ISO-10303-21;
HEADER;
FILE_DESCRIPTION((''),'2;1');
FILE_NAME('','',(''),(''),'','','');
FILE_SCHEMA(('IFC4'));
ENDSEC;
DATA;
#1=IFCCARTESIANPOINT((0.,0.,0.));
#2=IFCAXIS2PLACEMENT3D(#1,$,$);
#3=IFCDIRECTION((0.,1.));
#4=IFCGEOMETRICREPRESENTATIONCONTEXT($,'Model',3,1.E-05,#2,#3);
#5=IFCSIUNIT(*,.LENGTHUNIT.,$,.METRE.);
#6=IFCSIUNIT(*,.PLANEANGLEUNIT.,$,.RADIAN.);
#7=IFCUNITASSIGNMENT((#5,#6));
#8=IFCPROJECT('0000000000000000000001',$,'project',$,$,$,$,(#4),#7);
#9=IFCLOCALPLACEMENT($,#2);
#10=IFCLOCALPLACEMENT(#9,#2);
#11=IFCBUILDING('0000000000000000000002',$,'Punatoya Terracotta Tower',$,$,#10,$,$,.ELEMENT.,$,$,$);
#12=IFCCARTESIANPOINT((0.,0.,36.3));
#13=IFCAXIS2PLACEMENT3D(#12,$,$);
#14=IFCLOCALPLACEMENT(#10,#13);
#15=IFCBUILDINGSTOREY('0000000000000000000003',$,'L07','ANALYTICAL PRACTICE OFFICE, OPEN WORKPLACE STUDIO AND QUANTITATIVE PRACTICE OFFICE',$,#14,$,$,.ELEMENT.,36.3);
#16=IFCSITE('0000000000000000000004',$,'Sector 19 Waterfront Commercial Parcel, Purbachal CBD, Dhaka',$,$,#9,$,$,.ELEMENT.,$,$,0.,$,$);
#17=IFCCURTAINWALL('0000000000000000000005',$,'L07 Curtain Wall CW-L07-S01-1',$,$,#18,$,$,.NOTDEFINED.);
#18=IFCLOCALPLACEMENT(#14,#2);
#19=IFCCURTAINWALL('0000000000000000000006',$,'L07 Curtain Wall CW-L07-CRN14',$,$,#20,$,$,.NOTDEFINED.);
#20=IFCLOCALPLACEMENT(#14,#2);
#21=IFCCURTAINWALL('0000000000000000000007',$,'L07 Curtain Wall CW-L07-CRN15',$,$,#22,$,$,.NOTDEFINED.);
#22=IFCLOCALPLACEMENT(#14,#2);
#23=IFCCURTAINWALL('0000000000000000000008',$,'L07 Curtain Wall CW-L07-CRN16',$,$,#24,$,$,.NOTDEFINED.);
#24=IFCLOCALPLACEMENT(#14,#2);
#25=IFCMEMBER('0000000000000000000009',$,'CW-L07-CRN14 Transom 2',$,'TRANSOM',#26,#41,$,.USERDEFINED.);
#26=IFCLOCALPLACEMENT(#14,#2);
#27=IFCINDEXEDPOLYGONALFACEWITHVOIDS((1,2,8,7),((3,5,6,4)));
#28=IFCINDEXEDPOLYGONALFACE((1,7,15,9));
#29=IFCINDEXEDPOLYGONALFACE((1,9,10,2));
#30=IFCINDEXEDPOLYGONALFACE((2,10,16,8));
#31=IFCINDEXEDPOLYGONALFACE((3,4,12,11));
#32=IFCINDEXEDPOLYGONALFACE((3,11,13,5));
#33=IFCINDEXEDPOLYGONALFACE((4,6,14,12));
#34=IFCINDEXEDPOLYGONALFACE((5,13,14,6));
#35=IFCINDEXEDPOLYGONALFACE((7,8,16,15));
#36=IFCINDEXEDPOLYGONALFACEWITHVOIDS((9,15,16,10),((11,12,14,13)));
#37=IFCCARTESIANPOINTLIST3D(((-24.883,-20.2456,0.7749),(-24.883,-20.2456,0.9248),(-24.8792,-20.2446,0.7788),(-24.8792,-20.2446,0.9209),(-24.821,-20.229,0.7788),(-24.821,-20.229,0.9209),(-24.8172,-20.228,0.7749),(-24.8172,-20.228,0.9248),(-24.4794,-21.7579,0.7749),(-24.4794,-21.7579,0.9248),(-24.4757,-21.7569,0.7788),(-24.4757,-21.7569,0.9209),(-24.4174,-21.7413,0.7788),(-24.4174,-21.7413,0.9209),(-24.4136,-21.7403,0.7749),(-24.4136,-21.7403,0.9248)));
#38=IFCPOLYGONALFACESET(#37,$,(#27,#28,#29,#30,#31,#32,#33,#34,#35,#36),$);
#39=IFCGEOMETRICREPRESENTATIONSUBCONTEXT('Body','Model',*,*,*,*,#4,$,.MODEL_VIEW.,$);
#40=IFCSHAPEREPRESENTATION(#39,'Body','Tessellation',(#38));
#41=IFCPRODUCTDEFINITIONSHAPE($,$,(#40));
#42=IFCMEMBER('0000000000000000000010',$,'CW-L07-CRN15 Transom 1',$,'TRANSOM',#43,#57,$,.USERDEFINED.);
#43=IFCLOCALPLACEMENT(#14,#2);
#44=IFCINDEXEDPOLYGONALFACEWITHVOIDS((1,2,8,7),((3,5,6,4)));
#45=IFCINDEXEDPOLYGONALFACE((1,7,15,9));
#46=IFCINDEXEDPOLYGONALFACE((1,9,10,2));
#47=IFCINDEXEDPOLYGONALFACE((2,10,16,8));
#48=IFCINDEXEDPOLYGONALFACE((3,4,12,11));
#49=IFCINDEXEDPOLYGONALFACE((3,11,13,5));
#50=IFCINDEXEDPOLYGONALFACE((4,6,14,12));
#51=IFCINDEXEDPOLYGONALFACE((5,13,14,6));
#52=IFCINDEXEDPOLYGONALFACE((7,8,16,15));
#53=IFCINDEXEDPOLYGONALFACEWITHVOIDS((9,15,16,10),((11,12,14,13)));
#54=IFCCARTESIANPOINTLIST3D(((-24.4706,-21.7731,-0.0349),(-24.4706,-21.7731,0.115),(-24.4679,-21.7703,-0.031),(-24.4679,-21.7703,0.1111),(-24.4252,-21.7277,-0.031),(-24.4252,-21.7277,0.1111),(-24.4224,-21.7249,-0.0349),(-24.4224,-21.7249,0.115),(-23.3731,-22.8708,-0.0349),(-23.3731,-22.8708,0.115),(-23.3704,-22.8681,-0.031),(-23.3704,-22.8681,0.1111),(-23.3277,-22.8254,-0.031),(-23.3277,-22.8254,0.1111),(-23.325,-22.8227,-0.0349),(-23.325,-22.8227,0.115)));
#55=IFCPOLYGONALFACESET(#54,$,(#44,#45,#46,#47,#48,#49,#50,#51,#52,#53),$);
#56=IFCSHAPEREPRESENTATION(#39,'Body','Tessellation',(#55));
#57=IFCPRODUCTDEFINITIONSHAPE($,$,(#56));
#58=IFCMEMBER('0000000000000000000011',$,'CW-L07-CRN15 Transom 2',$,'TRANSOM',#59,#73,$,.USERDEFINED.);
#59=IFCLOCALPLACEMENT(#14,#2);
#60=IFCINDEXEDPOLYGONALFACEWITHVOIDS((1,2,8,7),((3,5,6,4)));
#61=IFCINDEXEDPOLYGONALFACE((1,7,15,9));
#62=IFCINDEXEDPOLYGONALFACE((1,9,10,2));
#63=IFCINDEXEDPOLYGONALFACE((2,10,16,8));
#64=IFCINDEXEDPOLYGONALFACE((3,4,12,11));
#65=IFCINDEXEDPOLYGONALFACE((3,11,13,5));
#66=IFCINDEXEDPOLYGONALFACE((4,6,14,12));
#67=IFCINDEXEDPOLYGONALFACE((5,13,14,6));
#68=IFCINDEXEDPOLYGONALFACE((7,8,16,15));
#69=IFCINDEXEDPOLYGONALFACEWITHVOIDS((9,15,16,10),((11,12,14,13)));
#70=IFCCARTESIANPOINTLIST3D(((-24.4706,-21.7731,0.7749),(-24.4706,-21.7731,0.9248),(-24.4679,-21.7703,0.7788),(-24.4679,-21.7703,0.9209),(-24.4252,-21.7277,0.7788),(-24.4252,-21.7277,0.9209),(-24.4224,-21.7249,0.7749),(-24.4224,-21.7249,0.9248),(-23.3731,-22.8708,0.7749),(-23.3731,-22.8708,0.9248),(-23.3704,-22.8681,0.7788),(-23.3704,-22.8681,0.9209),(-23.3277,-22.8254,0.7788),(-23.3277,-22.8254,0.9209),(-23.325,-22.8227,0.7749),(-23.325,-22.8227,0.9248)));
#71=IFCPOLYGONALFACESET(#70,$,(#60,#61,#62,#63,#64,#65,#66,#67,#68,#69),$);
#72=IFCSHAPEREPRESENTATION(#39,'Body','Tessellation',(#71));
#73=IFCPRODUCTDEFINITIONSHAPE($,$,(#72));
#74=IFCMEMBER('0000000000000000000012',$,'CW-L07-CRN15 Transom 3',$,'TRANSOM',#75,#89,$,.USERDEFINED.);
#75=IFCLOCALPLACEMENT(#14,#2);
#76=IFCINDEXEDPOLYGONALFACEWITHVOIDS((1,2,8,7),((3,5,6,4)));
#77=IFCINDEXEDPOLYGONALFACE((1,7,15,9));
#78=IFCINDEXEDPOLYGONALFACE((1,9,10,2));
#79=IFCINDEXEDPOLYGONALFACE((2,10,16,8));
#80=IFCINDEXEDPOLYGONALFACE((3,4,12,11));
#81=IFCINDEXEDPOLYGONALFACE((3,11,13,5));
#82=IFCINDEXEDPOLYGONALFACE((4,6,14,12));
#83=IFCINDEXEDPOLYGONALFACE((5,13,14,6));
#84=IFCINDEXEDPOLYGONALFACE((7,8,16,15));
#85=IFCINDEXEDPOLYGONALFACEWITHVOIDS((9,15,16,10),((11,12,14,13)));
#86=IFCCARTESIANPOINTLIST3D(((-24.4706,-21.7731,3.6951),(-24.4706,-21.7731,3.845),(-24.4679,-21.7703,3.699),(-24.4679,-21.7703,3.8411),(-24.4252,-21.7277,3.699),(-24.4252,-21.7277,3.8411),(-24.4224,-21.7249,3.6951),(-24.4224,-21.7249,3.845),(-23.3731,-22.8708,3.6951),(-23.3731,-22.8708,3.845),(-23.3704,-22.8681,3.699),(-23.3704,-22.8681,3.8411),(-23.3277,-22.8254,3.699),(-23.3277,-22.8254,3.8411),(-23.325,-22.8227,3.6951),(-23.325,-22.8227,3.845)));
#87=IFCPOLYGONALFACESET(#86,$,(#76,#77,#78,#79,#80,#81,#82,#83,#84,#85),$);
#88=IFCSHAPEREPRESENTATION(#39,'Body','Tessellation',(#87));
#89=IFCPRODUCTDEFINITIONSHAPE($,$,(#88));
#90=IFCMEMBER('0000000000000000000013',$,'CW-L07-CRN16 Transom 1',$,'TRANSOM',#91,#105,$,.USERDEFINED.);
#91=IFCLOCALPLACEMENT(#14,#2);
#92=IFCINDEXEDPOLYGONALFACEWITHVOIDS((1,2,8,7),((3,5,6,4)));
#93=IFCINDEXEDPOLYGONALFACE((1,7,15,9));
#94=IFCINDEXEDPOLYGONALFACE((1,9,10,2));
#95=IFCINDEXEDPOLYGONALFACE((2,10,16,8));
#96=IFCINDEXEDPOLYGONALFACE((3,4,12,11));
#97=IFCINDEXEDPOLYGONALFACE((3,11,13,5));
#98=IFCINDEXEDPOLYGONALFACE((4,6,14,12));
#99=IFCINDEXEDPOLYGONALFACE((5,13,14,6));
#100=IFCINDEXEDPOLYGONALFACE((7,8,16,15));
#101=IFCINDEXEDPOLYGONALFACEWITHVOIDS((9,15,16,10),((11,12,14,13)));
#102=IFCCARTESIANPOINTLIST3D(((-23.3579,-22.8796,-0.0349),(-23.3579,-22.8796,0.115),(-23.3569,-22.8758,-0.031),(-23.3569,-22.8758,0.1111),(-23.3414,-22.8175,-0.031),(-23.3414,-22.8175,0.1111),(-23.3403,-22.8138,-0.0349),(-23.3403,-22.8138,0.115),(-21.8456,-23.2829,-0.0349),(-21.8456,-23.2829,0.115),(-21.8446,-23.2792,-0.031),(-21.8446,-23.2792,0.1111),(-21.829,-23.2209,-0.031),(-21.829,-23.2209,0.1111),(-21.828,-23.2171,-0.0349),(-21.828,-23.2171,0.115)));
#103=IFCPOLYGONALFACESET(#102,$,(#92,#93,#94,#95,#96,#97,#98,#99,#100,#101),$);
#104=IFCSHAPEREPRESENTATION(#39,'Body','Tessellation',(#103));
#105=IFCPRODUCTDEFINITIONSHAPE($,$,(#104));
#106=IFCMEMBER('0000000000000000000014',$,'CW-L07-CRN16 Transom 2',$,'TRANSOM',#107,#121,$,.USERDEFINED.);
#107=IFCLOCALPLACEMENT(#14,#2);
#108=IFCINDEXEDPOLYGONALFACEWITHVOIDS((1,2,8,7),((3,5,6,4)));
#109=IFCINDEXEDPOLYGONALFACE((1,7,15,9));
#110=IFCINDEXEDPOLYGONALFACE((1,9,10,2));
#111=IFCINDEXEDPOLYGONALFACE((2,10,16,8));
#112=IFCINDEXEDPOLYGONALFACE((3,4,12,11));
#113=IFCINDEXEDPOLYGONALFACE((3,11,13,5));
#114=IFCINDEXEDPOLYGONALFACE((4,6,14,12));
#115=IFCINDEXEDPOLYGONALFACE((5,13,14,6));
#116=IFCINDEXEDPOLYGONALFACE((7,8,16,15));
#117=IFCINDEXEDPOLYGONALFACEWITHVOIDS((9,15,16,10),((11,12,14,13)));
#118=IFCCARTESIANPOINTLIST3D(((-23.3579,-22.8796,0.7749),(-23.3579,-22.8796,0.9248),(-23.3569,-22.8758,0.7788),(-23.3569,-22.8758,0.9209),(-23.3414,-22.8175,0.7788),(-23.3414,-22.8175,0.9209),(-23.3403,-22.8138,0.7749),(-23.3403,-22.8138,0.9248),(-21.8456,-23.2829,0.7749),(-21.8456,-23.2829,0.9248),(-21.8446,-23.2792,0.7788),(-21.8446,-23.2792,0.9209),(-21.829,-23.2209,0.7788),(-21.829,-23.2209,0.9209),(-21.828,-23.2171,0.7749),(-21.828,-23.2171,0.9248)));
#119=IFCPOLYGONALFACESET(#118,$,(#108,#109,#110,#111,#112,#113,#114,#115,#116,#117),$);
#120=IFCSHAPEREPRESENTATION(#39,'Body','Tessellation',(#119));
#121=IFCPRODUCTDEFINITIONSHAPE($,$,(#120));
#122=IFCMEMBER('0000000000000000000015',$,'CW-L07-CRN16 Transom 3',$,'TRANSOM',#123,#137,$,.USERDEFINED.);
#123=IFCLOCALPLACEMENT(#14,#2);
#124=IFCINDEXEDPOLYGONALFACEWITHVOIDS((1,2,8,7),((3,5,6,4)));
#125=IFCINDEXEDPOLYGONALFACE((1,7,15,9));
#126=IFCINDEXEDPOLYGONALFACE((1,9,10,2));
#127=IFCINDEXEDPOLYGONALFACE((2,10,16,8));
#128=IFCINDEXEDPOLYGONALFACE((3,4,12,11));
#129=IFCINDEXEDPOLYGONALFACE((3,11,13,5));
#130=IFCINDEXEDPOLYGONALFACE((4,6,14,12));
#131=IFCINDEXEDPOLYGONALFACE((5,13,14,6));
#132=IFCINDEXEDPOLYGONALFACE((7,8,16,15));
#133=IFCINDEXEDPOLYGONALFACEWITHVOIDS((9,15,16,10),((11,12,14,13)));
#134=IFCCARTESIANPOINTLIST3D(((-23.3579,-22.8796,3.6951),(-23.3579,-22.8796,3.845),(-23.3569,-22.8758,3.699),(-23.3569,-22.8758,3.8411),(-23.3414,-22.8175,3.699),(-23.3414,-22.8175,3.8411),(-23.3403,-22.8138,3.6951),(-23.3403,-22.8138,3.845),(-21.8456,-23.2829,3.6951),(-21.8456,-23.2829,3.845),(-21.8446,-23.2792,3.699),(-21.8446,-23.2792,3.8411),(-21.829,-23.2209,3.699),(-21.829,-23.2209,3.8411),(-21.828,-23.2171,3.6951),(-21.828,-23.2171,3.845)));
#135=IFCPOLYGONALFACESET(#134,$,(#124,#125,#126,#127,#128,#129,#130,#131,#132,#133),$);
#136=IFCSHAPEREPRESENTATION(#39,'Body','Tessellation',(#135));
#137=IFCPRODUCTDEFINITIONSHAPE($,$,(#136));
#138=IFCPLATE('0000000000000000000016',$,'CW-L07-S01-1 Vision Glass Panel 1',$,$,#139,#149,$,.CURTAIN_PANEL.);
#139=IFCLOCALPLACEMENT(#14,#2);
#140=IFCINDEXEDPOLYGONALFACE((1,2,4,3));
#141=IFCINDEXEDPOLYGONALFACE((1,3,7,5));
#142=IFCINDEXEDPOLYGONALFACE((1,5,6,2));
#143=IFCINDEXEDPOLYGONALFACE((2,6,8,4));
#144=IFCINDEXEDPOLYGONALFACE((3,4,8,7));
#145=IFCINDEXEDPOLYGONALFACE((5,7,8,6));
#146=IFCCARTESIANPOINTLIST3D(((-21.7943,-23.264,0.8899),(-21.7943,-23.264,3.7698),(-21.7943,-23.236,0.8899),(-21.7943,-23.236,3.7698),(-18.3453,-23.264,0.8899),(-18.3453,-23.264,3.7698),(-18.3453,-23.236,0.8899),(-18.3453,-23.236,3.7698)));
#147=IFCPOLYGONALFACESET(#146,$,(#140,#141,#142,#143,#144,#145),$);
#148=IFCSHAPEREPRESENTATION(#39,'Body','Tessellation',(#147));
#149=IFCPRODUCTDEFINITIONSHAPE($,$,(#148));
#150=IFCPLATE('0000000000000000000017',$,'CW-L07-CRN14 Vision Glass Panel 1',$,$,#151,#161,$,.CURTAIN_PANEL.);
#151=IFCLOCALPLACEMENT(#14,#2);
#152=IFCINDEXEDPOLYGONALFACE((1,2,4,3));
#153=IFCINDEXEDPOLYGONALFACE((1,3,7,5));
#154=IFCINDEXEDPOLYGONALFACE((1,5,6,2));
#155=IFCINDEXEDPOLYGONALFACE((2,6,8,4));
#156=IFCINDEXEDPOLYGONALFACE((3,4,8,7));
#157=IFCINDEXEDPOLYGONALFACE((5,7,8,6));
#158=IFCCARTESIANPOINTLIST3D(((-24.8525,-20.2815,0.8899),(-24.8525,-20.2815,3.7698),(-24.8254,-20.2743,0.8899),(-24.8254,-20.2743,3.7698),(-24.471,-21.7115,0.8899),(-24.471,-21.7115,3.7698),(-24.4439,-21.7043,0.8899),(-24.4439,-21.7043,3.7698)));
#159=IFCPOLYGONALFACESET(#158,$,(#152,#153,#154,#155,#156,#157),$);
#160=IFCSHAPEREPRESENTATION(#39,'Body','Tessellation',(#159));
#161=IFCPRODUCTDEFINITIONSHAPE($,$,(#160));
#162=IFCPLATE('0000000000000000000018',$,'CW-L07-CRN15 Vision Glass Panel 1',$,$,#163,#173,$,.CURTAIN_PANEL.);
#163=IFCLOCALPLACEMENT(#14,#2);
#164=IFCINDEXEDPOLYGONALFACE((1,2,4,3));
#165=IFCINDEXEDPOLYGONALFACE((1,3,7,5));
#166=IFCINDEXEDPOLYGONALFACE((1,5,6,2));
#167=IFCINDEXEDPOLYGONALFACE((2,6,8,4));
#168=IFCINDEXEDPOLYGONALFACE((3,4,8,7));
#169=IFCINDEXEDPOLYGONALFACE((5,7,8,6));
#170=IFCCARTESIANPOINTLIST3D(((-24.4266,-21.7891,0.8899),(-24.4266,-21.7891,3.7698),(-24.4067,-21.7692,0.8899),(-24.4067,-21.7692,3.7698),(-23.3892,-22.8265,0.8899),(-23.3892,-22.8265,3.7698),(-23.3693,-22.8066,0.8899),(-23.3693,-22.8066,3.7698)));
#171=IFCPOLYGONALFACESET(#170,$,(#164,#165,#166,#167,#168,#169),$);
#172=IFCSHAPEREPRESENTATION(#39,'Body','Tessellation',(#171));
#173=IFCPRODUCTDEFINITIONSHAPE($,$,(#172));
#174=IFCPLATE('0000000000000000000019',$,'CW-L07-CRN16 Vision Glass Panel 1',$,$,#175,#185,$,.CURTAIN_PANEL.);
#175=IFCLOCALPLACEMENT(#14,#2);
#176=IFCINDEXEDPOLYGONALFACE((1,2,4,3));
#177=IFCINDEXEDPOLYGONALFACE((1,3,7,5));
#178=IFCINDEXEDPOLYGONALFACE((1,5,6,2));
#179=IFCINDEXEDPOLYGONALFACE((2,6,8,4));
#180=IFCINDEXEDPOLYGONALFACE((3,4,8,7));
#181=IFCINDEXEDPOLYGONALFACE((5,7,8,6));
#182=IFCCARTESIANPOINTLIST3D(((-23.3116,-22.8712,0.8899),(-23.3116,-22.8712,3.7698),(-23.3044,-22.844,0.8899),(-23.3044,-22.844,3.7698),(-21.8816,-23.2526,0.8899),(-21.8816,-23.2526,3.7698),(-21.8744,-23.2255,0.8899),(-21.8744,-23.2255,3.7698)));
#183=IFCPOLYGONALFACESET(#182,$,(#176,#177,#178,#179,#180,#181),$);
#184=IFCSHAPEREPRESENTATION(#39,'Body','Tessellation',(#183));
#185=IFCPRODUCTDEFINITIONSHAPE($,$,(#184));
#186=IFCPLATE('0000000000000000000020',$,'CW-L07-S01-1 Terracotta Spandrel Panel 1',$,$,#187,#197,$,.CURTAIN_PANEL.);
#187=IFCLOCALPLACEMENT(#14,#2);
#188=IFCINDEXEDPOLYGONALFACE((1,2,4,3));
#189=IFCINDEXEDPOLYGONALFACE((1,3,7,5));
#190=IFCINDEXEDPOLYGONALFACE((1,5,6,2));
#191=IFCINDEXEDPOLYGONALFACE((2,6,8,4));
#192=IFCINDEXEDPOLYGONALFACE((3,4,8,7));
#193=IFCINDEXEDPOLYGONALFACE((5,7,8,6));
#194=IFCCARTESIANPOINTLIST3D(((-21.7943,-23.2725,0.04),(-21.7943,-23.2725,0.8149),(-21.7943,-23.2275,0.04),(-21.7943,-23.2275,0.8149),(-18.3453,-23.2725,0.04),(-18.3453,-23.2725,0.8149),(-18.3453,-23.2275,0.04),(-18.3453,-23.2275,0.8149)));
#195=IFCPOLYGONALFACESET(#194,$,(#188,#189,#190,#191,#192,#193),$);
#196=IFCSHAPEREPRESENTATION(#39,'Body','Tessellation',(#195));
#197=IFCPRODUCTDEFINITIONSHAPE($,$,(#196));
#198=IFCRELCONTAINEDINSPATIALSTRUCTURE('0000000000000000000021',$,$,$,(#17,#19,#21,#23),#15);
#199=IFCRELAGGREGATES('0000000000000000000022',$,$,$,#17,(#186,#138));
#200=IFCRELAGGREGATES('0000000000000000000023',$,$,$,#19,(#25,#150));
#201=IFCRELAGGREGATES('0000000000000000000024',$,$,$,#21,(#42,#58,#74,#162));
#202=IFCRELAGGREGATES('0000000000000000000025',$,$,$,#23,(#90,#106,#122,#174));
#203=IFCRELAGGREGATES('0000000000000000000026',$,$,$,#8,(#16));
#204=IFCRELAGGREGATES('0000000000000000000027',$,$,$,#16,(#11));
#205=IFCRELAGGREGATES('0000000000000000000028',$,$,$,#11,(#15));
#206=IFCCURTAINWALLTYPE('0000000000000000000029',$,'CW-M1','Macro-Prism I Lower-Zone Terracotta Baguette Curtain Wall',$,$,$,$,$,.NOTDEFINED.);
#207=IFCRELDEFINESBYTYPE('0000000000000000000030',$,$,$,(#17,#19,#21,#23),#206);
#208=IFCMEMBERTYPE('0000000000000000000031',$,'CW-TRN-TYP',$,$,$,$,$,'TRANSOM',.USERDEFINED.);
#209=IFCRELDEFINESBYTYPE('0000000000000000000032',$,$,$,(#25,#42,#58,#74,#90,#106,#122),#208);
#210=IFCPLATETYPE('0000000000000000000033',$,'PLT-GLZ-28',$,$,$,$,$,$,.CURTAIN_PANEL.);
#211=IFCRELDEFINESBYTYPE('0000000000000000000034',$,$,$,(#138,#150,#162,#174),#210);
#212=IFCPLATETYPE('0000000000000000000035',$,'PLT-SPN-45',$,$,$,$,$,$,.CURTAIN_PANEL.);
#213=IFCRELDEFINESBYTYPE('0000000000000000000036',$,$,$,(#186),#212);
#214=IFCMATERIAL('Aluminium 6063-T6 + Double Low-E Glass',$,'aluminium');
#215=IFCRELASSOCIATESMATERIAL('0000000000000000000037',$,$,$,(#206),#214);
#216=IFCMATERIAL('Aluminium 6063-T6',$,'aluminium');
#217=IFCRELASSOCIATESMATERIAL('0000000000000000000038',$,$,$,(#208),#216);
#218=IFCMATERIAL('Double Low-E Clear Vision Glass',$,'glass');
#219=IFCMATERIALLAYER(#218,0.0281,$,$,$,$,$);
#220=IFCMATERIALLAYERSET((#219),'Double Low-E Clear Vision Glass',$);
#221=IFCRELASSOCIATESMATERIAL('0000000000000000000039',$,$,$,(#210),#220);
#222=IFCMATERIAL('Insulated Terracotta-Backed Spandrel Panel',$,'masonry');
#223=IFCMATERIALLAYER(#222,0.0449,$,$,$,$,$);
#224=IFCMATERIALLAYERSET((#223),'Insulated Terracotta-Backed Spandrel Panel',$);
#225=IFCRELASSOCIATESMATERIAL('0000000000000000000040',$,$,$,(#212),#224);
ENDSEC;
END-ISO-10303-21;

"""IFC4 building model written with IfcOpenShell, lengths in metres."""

from ifc_helpers import new_model, si_unit, direction, frame, origin, origin_2d, place, context, subcontext, project, spatial, rectangle, hollow_rectangle, extrude, material, layer, layer_set, material_profile, profile_set, type_object, element, aggregate, save


model = new_model("IFC4")

# Units and contexts
model_context = context("Model", 3, precision=1e-05, world=origin(), true_north=direction((0.0, 1.0)))
body_context = subcontext(model_context, "Body", "Model", "MODEL_VIEW")
ifc_project = project(units=[si_unit("LENGTHUNIT", "METRE"), si_unit("PLANEANGLEUNIT", "RADIAN")], contexts=[model_context])

# Site, building, storey
site_placement = place(None, origin())
site = spatial("IfcSite", under=ifc_project, at=site_placement, Name="Sector 19 Waterfront Commercial Parcel, Purbachal CBD, Dhaka", CompositionType="ELEMENT", RefElevation=0.0)
building_placement = place(site_placement, origin())
building = spatial("IfcBuilding", under=site, at=building_placement, Name="Punatoya Terracotta Tower", CompositionType="ELEMENT")
storey_placement = place(building_placement, frame((0.0, 0.0, 36.3)))
storey = spatial("IfcBuildingStorey", under=building, at=storey_placement, Name="L07", Description="ANALYTICAL PRACTICE OFFICE, OPEN WORKPLACE STUDIO AND QUANTITATIVE PRACTICE OFFICE", CompositionType="ELEMENT", Elevation=36.3)

# Curtain wall
ifc_material_1 = material(Name="Aluminium 6063-T6 + Double Low-E Glass", Category="aluminium")
curtain_wall_type = type_object("IfcCurtainWallType", Name="CW-M1", Description="Macro-Prism I Lower-Zone Terracotta Baguette Curtain Wall", PredefinedType="NOTDEFINED", material=ifc_material_1)
curtain_wall_1_placement = place(storey_placement, origin())
curtain_wall_1 = element("IfcCurtainWall", 1, at=curtain_wall_1_placement, inside=storey, type_object=curtain_wall_type, Name="L07 Curtain Wall CW-L07-S01-1", PredefinedType="NOTDEFINED")
ifc_material_2 = material(Name="Aluminium 6063-T6", Category="aluminium")

# Curtain walls
curtain_wall_2_placement = place(storey_placement, origin())
curtain_wall_2 = element("IfcCurtainWall", 2, at=curtain_wall_2_placement, inside=storey, type_object=curtain_wall_type, Name="L07 Curtain Wall CW-L07-CRN14", PredefinedType="NOTDEFINED")
curtain_wall_3_placement = place(storey_placement, origin())
curtain_wall_3 = element("IfcCurtainWall", 3, at=curtain_wall_3_placement, inside=storey, type_object=curtain_wall_type, Name="L07 Curtain Wall CW-L07-CRN15", PredefinedType="NOTDEFINED")
curtain_wall_4_placement = place(storey_placement, origin())
curtain_wall_4 = element("IfcCurtainWall", 4, at=curtain_wall_4_placement, inside=storey, type_object=curtain_wall_type, Name="L07 Curtain Wall CW-L07-CRN16", PredefinedType="NOTDEFINED")

# Members
ifc_material_profile_1 = material_profile(ifc_material_2, hollow_rectangle(XDim=0.0681, YDim=0.1499, WallThickness=0.0039, at=origin_2d()))
ifc_profile_set_1 = profile_set([ifc_material_profile_1], Name="Aluminium 6063-T6")
member_type_1 = type_object("IfcMemberType", Name="CW-TRN-TYP", ElementType="TRANSOM", PredefinedType="USERDEFINED", material=ifc_profile_set_1)
member_1_placement = place(storey_placement, frame((-24.8501, -20.2368, 0.8499), z_axis=(0.257847, -0.966186, 0.0), x_axis=(0.966186, 0.257847, 0.0)))
member_1 = element("IfcMember", 5, at=member_1_placement, type_object=member_type_1, Name="CW-L07-CRN14 Transom 2", ObjectType="TRANSOM", PredefinedType="USERDEFINED", context=body_context, shape_type="SweptSolid", body=[
    extrude(hollow_rectangle(XDim=0.0681, YDim=0.1499, WallThickness=0.0039, at=origin_2d()), origin(), (0.0, 0.0, 1.0), 1.5652),
])
member_2_placement = place(storey_placement, frame((-24.4465, -21.749, 0.04), z_axis=(0.707028, -0.707185, 0.0), x_axis=(0.707185, 0.707028, 0.0)))
member_2 = element("IfcMember", 6, at=member_2_placement, type_object=member_type_1, Name="CW-L07-CRN15 Transom 1", ObjectType="TRANSOM", PredefinedType="USERDEFINED", context=body_context, shape_type="SweptSolid", body=[
    extrude(hollow_rectangle(XDim=0.0681, YDim=0.1499, WallThickness=0.0039, at=origin_2d()), origin(), (0.0, 0.0, 1.0), 1.5522),
])
member_3_placement = place(storey_placement, frame((-24.4465, -21.749, 0.8499), z_axis=(0.707028, -0.707185, 0.0), x_axis=(0.707185, 0.707028, 0.0)))
member_3 = element("IfcMember", 7, at=member_3_placement, type_object=member_type_1, Name="CW-L07-CRN15 Transom 2", ObjectType="TRANSOM", PredefinedType="USERDEFINED", context=body_context, shape_type="SweptSolid", body=[
    extrude(hollow_rectangle(XDim=0.0681, YDim=0.1499, WallThickness=0.0039, at=origin_2d()), origin(), (0.0, 0.0, 1.0), 1.5522),
])
member_4_placement = place(storey_placement, frame((-24.4465, -21.749, 3.77), z_axis=(0.707028, -0.707185, 0.0), x_axis=(0.707185, 0.707028, 0.0)))
member_4 = element("IfcMember", 8, at=member_4_placement, type_object=member_type_1, Name="CW-L07-CRN15 Transom 3", ObjectType="TRANSOM", PredefinedType="USERDEFINED", context=body_context, shape_type="SweptSolid", body=[
    extrude(hollow_rectangle(XDim=0.0681, YDim=0.1499, WallThickness=0.0039, at=origin_2d()), origin(), (0.0, 0.0, 1.0), 1.5522),
])
member_5_placement = place(storey_placement, frame((-23.3491, -22.8467, 0.04), z_axis=(0.966225, -0.257701, 0.0), x_axis=(0.257701, 0.966225, 0.0)))
member_5 = element("IfcMember", 9, at=member_5_placement, type_object=member_type_1, Name="CW-L07-CRN16 Transom 1", ObjectType="TRANSOM", PredefinedType="USERDEFINED", context=body_context, shape_type="SweptSolid", body=[
    extrude(hollow_rectangle(XDim=0.0681, YDim=0.1499, WallThickness=0.0039, at=origin_2d()), origin(), (0.0, 0.0, 1.0), 1.5652),
])
member_6_placement = place(storey_placement, frame((-23.3491, -22.8467, 0.8499), z_axis=(0.966225, -0.257701, 0.0), x_axis=(0.257701, 0.966225, 0.0)))
member_6 = element("IfcMember", 10, at=member_6_placement, type_object=member_type_1, Name="CW-L07-CRN16 Transom 2", ObjectType="TRANSOM", PredefinedType="USERDEFINED", context=body_context, shape_type="SweptSolid", body=[
    extrude(hollow_rectangle(XDim=0.0681, YDim=0.1499, WallThickness=0.0039, at=origin_2d()), origin(), (0.0, 0.0, 1.0), 1.5652),
])
member_7_placement = place(storey_placement, frame((-23.3491, -22.8467, 3.77), z_axis=(0.966225, -0.257701, 0.0), x_axis=(0.257701, 0.966225, 0.0)))
member_7 = element("IfcMember", 11, at=member_7_placement, type_object=member_type_1, Name="CW-L07-CRN16 Transom 3", ObjectType="TRANSOM", PredefinedType="USERDEFINED", context=body_context, shape_type="SweptSolid", body=[
    extrude(hollow_rectangle(XDim=0.0681, YDim=0.1499, WallThickness=0.0039, at=origin_2d()), origin(), (0.0, 0.0, 1.0), 1.5652),
])

# Plates
ifc_material_3 = material(Name="Double Low-E Clear Vision Glass", Category="glass")
ifc_layer_1 = layer(ifc_material_3, 0.0281)
ifc_layer_set_1 = layer_set([ifc_layer_1], Name="Double Low-E Clear Vision Glass")
plate_type_1 = type_object("IfcPlateType", Name="PLT-GLZ-28", PredefinedType="CURTAIN_PANEL", material=ifc_layer_set_1)
plate_1_placement = place(storey_placement, frame((-20.0698, -23.25, 0.8899), z_axis=(0.0, 0.0, 1.0), x_axis=(1.0, 0.0, 0.0)))
plate_1 = element("IfcPlate", 12, at=plate_1_placement, type_object=plate_type_1, Name="CW-L07-S01-1 Vision Glass Panel 1", PredefinedType="CURTAIN_PANEL", context=body_context, shape_type="SweptSolid", body=[
    extrude(rectangle(XDim=3.449, YDim=0.0281, at=origin_2d()), origin(), (0.0, 0.0, 1.0), 2.8799),
])
plate_2_placement = place(storey_placement, frame((-24.6482, -20.9929, 0.8899), z_axis=(0.0, 0.0, 1.0), x_axis=(0.257742, -0.966214, 0.0)))
plate_2 = element("IfcPlate", 13, at=plate_2_placement, type_object=plate_type_1, Name="CW-L07-CRN14 Vision Glass Panel 1", PredefinedType="CURTAIN_PANEL", context=body_context, shape_type="SweptSolid", body=[
    extrude(rectangle(XDim=1.48, YDim=0.0281, at=origin_2d()), origin(), (0.0, 0.0, 1.0), 2.8799),
])
plate_3_placement = place(storey_placement, frame((-23.8979, -22.2979, 0.8899), z_axis=(0.0, 0.0, 1.0), x_axis=(0.707107, -0.707107, 0.0)))
plate_3 = element("IfcPlate", 14, at=plate_3_placement, type_object=plate_type_1, Name="CW-L07-CRN15 Vision Glass Panel 1", PredefinedType="CURTAIN_PANEL", context=body_context, shape_type="SweptSolid", body=[
    extrude(rectangle(XDim=1.467, YDim=0.0281, at=origin_2d()), origin(), (0.0, 0.0, 1.0), 2.8799),
])
plate_4_placement = place(storey_placement, frame((-22.593, -23.0483, 0.8899), z_axis=(0.0, 0.0, 1.0), x_axis=(0.966214, -0.257742, 0.0)))
plate_4 = element("IfcPlate", 15, at=plate_4_placement, type_object=plate_type_1, Name="CW-L07-CRN16 Vision Glass Panel 1", PredefinedType="CURTAIN_PANEL", context=body_context, shape_type="SweptSolid", body=[
    extrude(rectangle(XDim=1.48, YDim=0.0281, at=origin_2d()), origin(), (0.0, 0.0, 1.0), 2.8799),
])
ifc_material_4 = material(Name="Insulated Terracotta-Backed Spandrel Panel", Category="masonry")
ifc_layer_2 = layer(ifc_material_4, 0.0449)
ifc_layer_set_2 = layer_set([ifc_layer_2], Name="Insulated Terracotta-Backed Spandrel Panel")
plate_type_2 = type_object("IfcPlateType", Name="PLT-SPN-45", PredefinedType="CURTAIN_PANEL", material=ifc_layer_set_2)
plate_5_placement = place(storey_placement, frame((-20.0698, -23.25, 0.04), z_axis=(0.0, 0.0, 1.0), x_axis=(1.0, 0.0, 0.0)))
plate_5 = element("IfcPlate", 16, at=plate_5_placement, type_object=plate_type_2, Name="CW-L07-S01-1 Terracotta Spandrel Panel 1", PredefinedType="CURTAIN_PANEL", context=body_context, shape_type="SweptSolid", body=[
    extrude(rectangle(XDim=3.449, YDim=0.0449, at=origin_2d()), origin(), (0.0, 0.0, 1.0), 0.7749),
])
aggregate(curtain_wall_1, [plate_5, plate_1])
aggregate(curtain_wall_2, [member_1, plate_2])
aggregate(curtain_wall_3, [member_2, member_3, member_4, plate_3])
aggregate(curtain_wall_4, [member_5, member_6, member_7, plate_4])

save(model, "model.ifc")
